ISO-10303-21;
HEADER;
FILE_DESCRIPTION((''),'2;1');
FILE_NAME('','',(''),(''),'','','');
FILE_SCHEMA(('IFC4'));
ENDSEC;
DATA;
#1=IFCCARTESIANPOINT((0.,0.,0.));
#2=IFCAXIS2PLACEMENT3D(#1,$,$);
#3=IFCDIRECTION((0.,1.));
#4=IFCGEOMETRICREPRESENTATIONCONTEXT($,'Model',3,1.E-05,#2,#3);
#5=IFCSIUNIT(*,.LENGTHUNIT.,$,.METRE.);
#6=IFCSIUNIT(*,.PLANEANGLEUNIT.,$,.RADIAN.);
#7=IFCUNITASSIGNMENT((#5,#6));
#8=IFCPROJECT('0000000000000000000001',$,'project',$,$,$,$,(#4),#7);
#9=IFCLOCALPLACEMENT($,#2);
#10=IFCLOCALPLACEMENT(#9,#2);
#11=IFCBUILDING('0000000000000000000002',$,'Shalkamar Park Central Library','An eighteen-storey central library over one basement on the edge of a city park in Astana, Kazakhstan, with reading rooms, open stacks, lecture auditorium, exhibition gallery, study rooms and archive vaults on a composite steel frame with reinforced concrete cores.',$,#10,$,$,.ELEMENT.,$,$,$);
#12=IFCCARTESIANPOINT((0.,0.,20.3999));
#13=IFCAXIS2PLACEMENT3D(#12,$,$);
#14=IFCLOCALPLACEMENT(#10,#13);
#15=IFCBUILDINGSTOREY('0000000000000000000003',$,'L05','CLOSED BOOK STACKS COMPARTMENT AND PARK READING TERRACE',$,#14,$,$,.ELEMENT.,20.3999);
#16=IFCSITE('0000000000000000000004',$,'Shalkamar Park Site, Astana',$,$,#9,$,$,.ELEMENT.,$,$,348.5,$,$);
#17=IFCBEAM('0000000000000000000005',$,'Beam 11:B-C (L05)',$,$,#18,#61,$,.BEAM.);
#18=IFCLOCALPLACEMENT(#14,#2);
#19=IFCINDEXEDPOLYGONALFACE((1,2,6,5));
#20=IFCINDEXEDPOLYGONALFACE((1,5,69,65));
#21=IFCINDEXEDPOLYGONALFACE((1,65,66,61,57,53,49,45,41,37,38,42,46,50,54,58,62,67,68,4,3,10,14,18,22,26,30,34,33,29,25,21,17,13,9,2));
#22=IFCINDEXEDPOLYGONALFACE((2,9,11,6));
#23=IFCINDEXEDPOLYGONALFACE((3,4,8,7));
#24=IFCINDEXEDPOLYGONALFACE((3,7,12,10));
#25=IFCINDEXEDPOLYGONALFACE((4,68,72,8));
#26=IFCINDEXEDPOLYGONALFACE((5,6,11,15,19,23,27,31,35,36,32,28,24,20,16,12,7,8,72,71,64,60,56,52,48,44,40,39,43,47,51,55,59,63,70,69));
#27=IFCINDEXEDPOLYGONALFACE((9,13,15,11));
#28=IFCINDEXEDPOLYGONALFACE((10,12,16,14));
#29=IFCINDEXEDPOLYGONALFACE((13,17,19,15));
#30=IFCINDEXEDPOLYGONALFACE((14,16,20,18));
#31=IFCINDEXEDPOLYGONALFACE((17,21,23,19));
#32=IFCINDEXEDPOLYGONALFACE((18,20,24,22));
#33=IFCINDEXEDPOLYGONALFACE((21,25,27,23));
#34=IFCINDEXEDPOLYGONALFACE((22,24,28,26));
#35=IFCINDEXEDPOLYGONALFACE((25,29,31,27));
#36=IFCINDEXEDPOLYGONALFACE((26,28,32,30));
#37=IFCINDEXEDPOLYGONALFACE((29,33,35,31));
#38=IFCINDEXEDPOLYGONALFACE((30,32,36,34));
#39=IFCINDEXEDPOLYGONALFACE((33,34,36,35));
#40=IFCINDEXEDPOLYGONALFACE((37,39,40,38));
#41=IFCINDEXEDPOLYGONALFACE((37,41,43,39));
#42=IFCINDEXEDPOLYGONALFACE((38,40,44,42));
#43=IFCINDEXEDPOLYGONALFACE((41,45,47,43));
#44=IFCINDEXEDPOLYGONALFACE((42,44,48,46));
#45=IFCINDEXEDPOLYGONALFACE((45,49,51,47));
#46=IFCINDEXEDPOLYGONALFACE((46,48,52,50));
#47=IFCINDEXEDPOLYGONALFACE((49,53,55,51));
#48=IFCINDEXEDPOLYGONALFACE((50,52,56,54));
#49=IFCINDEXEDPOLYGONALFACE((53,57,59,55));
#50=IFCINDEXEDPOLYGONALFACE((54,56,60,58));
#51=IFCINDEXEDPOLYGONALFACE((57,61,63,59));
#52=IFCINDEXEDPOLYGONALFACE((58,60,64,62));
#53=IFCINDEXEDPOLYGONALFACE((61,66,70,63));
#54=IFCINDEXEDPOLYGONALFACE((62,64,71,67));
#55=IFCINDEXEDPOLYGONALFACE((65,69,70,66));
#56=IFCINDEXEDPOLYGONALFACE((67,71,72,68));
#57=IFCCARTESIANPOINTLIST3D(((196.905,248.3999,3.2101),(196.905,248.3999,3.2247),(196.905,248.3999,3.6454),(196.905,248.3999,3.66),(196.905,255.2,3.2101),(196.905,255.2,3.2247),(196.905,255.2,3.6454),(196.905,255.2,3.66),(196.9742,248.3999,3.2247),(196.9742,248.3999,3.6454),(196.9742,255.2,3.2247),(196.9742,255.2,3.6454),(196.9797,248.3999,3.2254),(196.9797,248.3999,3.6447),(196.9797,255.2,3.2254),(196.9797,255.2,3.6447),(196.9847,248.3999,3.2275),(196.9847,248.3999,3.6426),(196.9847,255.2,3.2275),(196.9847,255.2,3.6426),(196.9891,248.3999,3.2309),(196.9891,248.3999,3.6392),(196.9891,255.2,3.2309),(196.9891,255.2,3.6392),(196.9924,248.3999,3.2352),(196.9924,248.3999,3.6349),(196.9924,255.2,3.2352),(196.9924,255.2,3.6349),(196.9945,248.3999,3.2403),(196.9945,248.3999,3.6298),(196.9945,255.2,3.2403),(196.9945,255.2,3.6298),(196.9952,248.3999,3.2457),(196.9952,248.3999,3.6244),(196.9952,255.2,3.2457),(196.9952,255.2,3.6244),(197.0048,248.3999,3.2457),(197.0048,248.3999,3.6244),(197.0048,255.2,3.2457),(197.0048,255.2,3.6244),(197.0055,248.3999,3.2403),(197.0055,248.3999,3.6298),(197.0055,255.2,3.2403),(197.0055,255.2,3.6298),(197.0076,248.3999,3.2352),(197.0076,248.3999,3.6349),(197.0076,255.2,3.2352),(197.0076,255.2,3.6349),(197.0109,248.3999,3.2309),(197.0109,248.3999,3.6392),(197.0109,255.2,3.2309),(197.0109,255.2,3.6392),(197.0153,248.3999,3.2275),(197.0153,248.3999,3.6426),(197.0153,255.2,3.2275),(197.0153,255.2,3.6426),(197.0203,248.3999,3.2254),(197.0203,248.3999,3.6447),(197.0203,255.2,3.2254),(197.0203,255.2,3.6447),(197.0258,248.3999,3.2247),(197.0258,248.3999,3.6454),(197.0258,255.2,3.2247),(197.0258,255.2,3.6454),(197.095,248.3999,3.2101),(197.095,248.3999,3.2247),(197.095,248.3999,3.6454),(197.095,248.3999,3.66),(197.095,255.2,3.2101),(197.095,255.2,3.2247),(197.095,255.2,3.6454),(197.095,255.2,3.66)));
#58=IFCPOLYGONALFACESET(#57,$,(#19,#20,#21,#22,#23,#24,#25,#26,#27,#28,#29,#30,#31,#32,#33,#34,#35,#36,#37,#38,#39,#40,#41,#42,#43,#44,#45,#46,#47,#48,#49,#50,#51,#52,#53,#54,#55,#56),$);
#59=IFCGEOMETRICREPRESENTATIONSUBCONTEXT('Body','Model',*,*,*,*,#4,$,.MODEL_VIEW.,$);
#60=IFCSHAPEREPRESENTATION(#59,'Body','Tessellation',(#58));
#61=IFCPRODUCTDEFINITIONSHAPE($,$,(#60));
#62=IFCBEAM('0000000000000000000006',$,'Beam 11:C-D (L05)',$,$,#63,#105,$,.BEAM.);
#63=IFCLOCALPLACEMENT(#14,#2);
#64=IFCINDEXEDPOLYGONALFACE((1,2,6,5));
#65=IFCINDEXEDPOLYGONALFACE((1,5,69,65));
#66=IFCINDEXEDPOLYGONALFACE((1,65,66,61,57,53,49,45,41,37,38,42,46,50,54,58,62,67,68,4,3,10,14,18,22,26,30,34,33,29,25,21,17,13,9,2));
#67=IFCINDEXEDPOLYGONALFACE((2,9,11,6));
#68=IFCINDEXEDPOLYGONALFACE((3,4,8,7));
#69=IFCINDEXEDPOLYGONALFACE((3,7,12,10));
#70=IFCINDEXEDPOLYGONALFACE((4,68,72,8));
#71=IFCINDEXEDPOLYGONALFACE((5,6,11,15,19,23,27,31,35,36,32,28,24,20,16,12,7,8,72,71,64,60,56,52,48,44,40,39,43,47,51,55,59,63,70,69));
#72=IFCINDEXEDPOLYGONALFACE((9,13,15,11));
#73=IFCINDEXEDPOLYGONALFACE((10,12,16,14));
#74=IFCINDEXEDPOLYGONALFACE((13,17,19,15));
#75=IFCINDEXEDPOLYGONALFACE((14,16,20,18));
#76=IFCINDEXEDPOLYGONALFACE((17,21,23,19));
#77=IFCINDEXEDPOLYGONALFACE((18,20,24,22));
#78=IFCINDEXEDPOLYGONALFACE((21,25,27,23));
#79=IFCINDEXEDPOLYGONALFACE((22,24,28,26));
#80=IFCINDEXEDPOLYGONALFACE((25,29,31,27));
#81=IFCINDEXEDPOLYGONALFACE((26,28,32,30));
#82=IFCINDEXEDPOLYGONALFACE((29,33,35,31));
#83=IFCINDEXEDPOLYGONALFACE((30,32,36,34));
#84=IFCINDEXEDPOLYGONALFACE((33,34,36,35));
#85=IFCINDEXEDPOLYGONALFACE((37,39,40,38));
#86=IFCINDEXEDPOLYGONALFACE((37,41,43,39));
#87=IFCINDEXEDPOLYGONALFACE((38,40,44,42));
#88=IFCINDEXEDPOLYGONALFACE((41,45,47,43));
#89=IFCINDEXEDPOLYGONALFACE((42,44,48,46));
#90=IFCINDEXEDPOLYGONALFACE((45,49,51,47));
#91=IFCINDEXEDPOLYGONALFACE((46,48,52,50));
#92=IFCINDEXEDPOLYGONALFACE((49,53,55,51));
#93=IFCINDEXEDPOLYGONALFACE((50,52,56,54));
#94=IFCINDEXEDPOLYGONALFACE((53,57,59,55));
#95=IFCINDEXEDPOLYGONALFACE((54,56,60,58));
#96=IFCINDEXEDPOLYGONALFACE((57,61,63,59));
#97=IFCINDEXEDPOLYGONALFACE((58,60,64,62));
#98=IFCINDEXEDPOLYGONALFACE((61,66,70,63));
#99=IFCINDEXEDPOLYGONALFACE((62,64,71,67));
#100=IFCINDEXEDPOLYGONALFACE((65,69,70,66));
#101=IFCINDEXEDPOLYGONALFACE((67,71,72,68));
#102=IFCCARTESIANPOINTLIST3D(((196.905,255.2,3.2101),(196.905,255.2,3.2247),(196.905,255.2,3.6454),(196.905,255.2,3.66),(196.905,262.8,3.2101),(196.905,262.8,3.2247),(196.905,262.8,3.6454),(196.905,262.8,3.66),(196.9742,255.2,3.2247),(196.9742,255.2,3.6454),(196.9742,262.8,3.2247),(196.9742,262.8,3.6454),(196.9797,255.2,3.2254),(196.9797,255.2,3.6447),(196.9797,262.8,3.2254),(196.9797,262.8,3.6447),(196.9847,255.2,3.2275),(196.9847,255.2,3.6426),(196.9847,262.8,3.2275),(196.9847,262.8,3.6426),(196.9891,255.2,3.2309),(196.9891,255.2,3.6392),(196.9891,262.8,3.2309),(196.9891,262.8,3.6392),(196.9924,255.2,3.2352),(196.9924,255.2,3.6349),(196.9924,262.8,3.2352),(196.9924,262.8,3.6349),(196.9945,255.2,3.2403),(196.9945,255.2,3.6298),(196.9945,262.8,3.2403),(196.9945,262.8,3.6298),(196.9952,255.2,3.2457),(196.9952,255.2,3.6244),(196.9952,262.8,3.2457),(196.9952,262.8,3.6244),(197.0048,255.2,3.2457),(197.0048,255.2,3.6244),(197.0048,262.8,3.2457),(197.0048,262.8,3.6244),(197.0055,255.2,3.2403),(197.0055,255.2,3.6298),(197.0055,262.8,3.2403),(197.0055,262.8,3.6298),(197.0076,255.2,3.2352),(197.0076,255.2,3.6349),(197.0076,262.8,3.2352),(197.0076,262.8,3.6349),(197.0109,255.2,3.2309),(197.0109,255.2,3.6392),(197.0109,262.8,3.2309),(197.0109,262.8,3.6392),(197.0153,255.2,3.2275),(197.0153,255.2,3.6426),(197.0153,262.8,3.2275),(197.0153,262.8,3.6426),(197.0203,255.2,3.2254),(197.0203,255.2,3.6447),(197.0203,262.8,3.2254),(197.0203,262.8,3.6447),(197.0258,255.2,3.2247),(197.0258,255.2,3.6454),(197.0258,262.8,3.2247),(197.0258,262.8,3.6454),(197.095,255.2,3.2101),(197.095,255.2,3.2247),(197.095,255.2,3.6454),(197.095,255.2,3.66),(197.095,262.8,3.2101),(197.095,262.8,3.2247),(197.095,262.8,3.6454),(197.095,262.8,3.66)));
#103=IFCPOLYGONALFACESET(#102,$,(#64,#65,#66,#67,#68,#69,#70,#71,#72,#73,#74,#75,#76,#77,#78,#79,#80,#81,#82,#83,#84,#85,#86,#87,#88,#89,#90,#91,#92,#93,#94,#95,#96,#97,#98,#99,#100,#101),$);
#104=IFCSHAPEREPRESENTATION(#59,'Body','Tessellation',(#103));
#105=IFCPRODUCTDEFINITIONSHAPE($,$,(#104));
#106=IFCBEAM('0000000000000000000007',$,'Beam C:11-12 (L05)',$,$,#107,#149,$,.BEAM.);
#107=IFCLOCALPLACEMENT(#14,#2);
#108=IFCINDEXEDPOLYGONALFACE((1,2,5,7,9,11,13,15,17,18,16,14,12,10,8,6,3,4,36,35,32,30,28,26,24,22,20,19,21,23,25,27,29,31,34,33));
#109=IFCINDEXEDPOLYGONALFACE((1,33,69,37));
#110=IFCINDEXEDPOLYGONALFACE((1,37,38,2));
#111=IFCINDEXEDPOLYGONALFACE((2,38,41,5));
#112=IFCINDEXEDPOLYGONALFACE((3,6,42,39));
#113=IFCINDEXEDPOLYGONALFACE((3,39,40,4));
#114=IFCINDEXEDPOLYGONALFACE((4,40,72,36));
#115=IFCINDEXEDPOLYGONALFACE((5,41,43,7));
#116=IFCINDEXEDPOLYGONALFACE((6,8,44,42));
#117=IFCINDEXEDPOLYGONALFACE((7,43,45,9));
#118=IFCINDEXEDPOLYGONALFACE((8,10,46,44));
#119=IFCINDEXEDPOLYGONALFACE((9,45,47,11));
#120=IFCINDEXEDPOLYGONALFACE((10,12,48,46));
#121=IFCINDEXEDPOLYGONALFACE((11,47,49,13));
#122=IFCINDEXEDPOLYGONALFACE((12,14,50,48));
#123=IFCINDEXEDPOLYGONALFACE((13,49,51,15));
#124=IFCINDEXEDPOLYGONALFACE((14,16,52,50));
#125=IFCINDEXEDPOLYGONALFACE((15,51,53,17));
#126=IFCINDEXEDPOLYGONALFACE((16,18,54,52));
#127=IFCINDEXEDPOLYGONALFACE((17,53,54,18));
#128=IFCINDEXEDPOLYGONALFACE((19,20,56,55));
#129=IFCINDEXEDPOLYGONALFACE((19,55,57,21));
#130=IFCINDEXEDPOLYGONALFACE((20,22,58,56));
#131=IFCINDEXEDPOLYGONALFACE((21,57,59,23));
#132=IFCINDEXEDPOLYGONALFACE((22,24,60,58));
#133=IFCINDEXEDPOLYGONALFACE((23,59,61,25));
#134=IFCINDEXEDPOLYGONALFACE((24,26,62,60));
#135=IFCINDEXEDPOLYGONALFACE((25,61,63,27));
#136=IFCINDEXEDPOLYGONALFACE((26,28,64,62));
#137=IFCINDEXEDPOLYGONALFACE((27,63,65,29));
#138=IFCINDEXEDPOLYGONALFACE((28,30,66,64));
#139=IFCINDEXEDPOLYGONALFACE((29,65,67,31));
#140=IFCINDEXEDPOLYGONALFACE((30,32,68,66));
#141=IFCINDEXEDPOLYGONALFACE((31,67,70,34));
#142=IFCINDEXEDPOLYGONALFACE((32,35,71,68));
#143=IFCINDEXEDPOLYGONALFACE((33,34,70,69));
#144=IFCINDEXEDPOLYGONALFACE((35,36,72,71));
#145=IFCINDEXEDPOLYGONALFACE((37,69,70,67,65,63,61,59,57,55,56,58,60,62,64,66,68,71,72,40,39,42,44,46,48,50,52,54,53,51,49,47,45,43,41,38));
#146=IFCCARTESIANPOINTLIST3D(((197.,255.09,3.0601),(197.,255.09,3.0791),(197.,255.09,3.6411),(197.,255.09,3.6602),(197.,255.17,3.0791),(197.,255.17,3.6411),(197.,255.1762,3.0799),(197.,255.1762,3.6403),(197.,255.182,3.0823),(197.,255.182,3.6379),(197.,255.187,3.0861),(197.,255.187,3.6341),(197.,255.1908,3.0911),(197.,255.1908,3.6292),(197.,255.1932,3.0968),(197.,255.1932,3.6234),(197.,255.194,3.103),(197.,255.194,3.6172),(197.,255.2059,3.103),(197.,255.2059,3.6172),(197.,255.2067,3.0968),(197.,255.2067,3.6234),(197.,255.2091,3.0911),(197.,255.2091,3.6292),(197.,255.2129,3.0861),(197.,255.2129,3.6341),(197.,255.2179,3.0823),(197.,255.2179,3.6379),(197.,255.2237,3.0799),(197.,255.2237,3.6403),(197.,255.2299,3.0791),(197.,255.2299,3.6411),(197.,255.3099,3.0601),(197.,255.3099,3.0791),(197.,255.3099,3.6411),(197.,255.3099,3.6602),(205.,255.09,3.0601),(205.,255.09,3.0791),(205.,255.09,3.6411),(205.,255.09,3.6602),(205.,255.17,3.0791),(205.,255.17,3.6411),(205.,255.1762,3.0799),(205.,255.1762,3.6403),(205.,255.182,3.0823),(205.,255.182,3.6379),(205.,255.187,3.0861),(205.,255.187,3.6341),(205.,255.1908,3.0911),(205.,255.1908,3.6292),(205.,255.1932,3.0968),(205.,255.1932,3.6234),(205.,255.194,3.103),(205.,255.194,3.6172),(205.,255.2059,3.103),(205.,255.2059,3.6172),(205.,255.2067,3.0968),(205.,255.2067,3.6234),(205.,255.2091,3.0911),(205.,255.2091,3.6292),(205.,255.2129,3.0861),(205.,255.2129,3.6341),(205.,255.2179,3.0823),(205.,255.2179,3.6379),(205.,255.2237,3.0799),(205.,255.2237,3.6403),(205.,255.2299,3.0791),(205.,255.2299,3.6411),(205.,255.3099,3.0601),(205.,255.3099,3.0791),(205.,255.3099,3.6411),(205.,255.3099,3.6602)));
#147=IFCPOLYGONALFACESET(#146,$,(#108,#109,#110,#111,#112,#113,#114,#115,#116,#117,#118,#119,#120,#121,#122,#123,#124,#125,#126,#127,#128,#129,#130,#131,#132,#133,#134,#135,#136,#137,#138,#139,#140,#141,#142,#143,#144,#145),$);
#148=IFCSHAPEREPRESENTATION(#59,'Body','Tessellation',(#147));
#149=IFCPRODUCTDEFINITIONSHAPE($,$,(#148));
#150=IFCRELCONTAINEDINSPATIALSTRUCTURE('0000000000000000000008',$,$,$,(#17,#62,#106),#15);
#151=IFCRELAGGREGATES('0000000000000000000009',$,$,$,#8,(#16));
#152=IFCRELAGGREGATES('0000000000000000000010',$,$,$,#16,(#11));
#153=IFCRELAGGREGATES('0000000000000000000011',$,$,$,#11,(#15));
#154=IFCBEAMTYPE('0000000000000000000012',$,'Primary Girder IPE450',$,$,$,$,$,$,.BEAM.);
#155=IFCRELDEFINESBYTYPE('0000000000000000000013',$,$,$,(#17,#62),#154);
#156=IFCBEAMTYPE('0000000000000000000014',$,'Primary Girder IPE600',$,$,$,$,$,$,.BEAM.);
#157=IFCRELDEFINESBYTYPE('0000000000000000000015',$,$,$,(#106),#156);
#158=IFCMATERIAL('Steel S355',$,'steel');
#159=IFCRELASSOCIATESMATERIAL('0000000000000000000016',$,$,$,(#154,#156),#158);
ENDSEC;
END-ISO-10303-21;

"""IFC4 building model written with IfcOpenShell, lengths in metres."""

from ifc_helpers import new_model, si_unit, direction, frame, origin, origin_2d, place, context, subcontext, project, spatial, i_section, extrude, material, material_profile, profile_set, type_object, element, save


model = new_model("IFC4")

# Units and contexts
model_context = context("Model", 3, precision=1e-05, world=origin(), true_north=direction((0.0, 1.0)))
body_context = subcontext(model_context, "Body", "Model", "MODEL_VIEW")
ifc_project = project(units=[si_unit("LENGTHUNIT", "METRE"), si_unit("PLANEANGLEUNIT", "RADIAN")], contexts=[model_context])

# Site, building, storey
site_placement = place(None, origin())
site = spatial("IfcSite", under=ifc_project, at=site_placement, Name="Shalkamar Park Site, Astana", CompositionType="ELEMENT", RefElevation=348.5)
building_placement = place(site_placement, origin())
building = spatial("IfcBuilding", under=site, at=building_placement, Name="Shalkamar Park Central Library", Description="An eighteen-storey central library over one basement on the edge of a city park in Astana, Kazakhstan, with reading rooms, open stacks, lecture auditorium, exhibition gallery, study rooms and archive vaults on a composite steel frame with reinforced concrete cores.", CompositionType="ELEMENT")
storey_placement = place(building_placement, frame((0.0, 0.0, 20.3999)))
storey = spatial("IfcBuildingStorey", under=building, at=storey_placement, Name="L05", Description="CLOSED BOOK STACKS COMPARTMENT AND PARK READING TERRACE", CompositionType="ELEMENT", Elevation=20.3999)

# Shared definitions
ifc_material_1 = material(Name="Steel S355", Category="steel")

# Beams
ifc_material_profile_1 = material_profile(ifc_material_1, i_section(OverallWidth=0.1899, OverallDepth=0.45, WebThickness=0.0095, FlangeThickness=0.0146, FilletRadius=0.021, at=origin_2d()), Name="IPE 450")
ifc_profile_set_1 = profile_set([ifc_material_profile_1], Name="Steel S355")
beam_type_1 = type_object("IfcBeamType", Name="Primary Girder IPE450", PredefinedType="BEAM", material=ifc_profile_set_1)
beam_1_placement = place(storey_placement, frame((197.0, 248.3999, 3.4351), z_axis=(0.0, 1.0, 0.0), x_axis=(-1.0, 0.0, 0.0)))
element("IfcBeam", 1, at=beam_1_placement, inside=storey, type_object=beam_type_1, Name="Beam 11:B-C (L05)", PredefinedType="BEAM", context=body_context, shape_type="SweptSolid", body=[
    extrude(i_section(OverallWidth=0.1899, OverallDepth=0.45, WebThickness=0.0095, FlangeThickness=0.0146, FilletRadius=0.021, at=origin_2d()), origin(), (0.0, 0.0, 1.0), 6.8),
])
beam_2_placement = place(storey_placement, frame((197.0, 255.2, 3.4351), z_axis=(0.0, 1.0, 0.0), x_axis=(-1.0, 0.0, 0.0)))
element("IfcBeam", 2, at=beam_2_placement, inside=storey, type_object=beam_type_1, Name="Beam 11:C-D (L05)", PredefinedType="BEAM", context=body_context, shape_type="SweptSolid", body=[
    extrude(i_section(OverallWidth=0.1899, OverallDepth=0.45, WebThickness=0.0095, FlangeThickness=0.0146, FilletRadius=0.021, at=origin_2d()), origin(), (0.0, 0.0, 1.0), 7.6001),
])
ifc_material_profile_2 = material_profile(ifc_material_1, i_section(OverallWidth=0.22, OverallDepth=0.6001, WebThickness=0.012, FlangeThickness=0.019, FilletRadius=0.0239, at=origin_2d()), Name="IPE 600")
ifc_profile_set_2 = profile_set([ifc_material_profile_2], Name="Steel S355")
beam_type_2 = type_object("IfcBeamType", Name="Primary Girder IPE600", PredefinedType="BEAM", material=ifc_profile_set_2)
beam_3_placement = place(storey_placement, frame((197.0, 255.2, 3.3601), z_axis=(1.0, 0.0, 0.0), x_axis=(0.0, 1.0, 0.0)))
element("IfcBeam", 3, at=beam_3_placement, inside=storey, type_object=beam_type_2, Name="Beam C:11-12 (L05)", PredefinedType="BEAM", context=body_context, shape_type="SweptSolid", body=[
    extrude(i_section(OverallWidth=0.22, OverallDepth=0.6001, WebThickness=0.012, FlangeThickness=0.019, FilletRadius=0.0239, at=origin_2d()), origin(), (0.0, 0.0, 1.0), 8.0),
])

save(model, "model.ifc")
